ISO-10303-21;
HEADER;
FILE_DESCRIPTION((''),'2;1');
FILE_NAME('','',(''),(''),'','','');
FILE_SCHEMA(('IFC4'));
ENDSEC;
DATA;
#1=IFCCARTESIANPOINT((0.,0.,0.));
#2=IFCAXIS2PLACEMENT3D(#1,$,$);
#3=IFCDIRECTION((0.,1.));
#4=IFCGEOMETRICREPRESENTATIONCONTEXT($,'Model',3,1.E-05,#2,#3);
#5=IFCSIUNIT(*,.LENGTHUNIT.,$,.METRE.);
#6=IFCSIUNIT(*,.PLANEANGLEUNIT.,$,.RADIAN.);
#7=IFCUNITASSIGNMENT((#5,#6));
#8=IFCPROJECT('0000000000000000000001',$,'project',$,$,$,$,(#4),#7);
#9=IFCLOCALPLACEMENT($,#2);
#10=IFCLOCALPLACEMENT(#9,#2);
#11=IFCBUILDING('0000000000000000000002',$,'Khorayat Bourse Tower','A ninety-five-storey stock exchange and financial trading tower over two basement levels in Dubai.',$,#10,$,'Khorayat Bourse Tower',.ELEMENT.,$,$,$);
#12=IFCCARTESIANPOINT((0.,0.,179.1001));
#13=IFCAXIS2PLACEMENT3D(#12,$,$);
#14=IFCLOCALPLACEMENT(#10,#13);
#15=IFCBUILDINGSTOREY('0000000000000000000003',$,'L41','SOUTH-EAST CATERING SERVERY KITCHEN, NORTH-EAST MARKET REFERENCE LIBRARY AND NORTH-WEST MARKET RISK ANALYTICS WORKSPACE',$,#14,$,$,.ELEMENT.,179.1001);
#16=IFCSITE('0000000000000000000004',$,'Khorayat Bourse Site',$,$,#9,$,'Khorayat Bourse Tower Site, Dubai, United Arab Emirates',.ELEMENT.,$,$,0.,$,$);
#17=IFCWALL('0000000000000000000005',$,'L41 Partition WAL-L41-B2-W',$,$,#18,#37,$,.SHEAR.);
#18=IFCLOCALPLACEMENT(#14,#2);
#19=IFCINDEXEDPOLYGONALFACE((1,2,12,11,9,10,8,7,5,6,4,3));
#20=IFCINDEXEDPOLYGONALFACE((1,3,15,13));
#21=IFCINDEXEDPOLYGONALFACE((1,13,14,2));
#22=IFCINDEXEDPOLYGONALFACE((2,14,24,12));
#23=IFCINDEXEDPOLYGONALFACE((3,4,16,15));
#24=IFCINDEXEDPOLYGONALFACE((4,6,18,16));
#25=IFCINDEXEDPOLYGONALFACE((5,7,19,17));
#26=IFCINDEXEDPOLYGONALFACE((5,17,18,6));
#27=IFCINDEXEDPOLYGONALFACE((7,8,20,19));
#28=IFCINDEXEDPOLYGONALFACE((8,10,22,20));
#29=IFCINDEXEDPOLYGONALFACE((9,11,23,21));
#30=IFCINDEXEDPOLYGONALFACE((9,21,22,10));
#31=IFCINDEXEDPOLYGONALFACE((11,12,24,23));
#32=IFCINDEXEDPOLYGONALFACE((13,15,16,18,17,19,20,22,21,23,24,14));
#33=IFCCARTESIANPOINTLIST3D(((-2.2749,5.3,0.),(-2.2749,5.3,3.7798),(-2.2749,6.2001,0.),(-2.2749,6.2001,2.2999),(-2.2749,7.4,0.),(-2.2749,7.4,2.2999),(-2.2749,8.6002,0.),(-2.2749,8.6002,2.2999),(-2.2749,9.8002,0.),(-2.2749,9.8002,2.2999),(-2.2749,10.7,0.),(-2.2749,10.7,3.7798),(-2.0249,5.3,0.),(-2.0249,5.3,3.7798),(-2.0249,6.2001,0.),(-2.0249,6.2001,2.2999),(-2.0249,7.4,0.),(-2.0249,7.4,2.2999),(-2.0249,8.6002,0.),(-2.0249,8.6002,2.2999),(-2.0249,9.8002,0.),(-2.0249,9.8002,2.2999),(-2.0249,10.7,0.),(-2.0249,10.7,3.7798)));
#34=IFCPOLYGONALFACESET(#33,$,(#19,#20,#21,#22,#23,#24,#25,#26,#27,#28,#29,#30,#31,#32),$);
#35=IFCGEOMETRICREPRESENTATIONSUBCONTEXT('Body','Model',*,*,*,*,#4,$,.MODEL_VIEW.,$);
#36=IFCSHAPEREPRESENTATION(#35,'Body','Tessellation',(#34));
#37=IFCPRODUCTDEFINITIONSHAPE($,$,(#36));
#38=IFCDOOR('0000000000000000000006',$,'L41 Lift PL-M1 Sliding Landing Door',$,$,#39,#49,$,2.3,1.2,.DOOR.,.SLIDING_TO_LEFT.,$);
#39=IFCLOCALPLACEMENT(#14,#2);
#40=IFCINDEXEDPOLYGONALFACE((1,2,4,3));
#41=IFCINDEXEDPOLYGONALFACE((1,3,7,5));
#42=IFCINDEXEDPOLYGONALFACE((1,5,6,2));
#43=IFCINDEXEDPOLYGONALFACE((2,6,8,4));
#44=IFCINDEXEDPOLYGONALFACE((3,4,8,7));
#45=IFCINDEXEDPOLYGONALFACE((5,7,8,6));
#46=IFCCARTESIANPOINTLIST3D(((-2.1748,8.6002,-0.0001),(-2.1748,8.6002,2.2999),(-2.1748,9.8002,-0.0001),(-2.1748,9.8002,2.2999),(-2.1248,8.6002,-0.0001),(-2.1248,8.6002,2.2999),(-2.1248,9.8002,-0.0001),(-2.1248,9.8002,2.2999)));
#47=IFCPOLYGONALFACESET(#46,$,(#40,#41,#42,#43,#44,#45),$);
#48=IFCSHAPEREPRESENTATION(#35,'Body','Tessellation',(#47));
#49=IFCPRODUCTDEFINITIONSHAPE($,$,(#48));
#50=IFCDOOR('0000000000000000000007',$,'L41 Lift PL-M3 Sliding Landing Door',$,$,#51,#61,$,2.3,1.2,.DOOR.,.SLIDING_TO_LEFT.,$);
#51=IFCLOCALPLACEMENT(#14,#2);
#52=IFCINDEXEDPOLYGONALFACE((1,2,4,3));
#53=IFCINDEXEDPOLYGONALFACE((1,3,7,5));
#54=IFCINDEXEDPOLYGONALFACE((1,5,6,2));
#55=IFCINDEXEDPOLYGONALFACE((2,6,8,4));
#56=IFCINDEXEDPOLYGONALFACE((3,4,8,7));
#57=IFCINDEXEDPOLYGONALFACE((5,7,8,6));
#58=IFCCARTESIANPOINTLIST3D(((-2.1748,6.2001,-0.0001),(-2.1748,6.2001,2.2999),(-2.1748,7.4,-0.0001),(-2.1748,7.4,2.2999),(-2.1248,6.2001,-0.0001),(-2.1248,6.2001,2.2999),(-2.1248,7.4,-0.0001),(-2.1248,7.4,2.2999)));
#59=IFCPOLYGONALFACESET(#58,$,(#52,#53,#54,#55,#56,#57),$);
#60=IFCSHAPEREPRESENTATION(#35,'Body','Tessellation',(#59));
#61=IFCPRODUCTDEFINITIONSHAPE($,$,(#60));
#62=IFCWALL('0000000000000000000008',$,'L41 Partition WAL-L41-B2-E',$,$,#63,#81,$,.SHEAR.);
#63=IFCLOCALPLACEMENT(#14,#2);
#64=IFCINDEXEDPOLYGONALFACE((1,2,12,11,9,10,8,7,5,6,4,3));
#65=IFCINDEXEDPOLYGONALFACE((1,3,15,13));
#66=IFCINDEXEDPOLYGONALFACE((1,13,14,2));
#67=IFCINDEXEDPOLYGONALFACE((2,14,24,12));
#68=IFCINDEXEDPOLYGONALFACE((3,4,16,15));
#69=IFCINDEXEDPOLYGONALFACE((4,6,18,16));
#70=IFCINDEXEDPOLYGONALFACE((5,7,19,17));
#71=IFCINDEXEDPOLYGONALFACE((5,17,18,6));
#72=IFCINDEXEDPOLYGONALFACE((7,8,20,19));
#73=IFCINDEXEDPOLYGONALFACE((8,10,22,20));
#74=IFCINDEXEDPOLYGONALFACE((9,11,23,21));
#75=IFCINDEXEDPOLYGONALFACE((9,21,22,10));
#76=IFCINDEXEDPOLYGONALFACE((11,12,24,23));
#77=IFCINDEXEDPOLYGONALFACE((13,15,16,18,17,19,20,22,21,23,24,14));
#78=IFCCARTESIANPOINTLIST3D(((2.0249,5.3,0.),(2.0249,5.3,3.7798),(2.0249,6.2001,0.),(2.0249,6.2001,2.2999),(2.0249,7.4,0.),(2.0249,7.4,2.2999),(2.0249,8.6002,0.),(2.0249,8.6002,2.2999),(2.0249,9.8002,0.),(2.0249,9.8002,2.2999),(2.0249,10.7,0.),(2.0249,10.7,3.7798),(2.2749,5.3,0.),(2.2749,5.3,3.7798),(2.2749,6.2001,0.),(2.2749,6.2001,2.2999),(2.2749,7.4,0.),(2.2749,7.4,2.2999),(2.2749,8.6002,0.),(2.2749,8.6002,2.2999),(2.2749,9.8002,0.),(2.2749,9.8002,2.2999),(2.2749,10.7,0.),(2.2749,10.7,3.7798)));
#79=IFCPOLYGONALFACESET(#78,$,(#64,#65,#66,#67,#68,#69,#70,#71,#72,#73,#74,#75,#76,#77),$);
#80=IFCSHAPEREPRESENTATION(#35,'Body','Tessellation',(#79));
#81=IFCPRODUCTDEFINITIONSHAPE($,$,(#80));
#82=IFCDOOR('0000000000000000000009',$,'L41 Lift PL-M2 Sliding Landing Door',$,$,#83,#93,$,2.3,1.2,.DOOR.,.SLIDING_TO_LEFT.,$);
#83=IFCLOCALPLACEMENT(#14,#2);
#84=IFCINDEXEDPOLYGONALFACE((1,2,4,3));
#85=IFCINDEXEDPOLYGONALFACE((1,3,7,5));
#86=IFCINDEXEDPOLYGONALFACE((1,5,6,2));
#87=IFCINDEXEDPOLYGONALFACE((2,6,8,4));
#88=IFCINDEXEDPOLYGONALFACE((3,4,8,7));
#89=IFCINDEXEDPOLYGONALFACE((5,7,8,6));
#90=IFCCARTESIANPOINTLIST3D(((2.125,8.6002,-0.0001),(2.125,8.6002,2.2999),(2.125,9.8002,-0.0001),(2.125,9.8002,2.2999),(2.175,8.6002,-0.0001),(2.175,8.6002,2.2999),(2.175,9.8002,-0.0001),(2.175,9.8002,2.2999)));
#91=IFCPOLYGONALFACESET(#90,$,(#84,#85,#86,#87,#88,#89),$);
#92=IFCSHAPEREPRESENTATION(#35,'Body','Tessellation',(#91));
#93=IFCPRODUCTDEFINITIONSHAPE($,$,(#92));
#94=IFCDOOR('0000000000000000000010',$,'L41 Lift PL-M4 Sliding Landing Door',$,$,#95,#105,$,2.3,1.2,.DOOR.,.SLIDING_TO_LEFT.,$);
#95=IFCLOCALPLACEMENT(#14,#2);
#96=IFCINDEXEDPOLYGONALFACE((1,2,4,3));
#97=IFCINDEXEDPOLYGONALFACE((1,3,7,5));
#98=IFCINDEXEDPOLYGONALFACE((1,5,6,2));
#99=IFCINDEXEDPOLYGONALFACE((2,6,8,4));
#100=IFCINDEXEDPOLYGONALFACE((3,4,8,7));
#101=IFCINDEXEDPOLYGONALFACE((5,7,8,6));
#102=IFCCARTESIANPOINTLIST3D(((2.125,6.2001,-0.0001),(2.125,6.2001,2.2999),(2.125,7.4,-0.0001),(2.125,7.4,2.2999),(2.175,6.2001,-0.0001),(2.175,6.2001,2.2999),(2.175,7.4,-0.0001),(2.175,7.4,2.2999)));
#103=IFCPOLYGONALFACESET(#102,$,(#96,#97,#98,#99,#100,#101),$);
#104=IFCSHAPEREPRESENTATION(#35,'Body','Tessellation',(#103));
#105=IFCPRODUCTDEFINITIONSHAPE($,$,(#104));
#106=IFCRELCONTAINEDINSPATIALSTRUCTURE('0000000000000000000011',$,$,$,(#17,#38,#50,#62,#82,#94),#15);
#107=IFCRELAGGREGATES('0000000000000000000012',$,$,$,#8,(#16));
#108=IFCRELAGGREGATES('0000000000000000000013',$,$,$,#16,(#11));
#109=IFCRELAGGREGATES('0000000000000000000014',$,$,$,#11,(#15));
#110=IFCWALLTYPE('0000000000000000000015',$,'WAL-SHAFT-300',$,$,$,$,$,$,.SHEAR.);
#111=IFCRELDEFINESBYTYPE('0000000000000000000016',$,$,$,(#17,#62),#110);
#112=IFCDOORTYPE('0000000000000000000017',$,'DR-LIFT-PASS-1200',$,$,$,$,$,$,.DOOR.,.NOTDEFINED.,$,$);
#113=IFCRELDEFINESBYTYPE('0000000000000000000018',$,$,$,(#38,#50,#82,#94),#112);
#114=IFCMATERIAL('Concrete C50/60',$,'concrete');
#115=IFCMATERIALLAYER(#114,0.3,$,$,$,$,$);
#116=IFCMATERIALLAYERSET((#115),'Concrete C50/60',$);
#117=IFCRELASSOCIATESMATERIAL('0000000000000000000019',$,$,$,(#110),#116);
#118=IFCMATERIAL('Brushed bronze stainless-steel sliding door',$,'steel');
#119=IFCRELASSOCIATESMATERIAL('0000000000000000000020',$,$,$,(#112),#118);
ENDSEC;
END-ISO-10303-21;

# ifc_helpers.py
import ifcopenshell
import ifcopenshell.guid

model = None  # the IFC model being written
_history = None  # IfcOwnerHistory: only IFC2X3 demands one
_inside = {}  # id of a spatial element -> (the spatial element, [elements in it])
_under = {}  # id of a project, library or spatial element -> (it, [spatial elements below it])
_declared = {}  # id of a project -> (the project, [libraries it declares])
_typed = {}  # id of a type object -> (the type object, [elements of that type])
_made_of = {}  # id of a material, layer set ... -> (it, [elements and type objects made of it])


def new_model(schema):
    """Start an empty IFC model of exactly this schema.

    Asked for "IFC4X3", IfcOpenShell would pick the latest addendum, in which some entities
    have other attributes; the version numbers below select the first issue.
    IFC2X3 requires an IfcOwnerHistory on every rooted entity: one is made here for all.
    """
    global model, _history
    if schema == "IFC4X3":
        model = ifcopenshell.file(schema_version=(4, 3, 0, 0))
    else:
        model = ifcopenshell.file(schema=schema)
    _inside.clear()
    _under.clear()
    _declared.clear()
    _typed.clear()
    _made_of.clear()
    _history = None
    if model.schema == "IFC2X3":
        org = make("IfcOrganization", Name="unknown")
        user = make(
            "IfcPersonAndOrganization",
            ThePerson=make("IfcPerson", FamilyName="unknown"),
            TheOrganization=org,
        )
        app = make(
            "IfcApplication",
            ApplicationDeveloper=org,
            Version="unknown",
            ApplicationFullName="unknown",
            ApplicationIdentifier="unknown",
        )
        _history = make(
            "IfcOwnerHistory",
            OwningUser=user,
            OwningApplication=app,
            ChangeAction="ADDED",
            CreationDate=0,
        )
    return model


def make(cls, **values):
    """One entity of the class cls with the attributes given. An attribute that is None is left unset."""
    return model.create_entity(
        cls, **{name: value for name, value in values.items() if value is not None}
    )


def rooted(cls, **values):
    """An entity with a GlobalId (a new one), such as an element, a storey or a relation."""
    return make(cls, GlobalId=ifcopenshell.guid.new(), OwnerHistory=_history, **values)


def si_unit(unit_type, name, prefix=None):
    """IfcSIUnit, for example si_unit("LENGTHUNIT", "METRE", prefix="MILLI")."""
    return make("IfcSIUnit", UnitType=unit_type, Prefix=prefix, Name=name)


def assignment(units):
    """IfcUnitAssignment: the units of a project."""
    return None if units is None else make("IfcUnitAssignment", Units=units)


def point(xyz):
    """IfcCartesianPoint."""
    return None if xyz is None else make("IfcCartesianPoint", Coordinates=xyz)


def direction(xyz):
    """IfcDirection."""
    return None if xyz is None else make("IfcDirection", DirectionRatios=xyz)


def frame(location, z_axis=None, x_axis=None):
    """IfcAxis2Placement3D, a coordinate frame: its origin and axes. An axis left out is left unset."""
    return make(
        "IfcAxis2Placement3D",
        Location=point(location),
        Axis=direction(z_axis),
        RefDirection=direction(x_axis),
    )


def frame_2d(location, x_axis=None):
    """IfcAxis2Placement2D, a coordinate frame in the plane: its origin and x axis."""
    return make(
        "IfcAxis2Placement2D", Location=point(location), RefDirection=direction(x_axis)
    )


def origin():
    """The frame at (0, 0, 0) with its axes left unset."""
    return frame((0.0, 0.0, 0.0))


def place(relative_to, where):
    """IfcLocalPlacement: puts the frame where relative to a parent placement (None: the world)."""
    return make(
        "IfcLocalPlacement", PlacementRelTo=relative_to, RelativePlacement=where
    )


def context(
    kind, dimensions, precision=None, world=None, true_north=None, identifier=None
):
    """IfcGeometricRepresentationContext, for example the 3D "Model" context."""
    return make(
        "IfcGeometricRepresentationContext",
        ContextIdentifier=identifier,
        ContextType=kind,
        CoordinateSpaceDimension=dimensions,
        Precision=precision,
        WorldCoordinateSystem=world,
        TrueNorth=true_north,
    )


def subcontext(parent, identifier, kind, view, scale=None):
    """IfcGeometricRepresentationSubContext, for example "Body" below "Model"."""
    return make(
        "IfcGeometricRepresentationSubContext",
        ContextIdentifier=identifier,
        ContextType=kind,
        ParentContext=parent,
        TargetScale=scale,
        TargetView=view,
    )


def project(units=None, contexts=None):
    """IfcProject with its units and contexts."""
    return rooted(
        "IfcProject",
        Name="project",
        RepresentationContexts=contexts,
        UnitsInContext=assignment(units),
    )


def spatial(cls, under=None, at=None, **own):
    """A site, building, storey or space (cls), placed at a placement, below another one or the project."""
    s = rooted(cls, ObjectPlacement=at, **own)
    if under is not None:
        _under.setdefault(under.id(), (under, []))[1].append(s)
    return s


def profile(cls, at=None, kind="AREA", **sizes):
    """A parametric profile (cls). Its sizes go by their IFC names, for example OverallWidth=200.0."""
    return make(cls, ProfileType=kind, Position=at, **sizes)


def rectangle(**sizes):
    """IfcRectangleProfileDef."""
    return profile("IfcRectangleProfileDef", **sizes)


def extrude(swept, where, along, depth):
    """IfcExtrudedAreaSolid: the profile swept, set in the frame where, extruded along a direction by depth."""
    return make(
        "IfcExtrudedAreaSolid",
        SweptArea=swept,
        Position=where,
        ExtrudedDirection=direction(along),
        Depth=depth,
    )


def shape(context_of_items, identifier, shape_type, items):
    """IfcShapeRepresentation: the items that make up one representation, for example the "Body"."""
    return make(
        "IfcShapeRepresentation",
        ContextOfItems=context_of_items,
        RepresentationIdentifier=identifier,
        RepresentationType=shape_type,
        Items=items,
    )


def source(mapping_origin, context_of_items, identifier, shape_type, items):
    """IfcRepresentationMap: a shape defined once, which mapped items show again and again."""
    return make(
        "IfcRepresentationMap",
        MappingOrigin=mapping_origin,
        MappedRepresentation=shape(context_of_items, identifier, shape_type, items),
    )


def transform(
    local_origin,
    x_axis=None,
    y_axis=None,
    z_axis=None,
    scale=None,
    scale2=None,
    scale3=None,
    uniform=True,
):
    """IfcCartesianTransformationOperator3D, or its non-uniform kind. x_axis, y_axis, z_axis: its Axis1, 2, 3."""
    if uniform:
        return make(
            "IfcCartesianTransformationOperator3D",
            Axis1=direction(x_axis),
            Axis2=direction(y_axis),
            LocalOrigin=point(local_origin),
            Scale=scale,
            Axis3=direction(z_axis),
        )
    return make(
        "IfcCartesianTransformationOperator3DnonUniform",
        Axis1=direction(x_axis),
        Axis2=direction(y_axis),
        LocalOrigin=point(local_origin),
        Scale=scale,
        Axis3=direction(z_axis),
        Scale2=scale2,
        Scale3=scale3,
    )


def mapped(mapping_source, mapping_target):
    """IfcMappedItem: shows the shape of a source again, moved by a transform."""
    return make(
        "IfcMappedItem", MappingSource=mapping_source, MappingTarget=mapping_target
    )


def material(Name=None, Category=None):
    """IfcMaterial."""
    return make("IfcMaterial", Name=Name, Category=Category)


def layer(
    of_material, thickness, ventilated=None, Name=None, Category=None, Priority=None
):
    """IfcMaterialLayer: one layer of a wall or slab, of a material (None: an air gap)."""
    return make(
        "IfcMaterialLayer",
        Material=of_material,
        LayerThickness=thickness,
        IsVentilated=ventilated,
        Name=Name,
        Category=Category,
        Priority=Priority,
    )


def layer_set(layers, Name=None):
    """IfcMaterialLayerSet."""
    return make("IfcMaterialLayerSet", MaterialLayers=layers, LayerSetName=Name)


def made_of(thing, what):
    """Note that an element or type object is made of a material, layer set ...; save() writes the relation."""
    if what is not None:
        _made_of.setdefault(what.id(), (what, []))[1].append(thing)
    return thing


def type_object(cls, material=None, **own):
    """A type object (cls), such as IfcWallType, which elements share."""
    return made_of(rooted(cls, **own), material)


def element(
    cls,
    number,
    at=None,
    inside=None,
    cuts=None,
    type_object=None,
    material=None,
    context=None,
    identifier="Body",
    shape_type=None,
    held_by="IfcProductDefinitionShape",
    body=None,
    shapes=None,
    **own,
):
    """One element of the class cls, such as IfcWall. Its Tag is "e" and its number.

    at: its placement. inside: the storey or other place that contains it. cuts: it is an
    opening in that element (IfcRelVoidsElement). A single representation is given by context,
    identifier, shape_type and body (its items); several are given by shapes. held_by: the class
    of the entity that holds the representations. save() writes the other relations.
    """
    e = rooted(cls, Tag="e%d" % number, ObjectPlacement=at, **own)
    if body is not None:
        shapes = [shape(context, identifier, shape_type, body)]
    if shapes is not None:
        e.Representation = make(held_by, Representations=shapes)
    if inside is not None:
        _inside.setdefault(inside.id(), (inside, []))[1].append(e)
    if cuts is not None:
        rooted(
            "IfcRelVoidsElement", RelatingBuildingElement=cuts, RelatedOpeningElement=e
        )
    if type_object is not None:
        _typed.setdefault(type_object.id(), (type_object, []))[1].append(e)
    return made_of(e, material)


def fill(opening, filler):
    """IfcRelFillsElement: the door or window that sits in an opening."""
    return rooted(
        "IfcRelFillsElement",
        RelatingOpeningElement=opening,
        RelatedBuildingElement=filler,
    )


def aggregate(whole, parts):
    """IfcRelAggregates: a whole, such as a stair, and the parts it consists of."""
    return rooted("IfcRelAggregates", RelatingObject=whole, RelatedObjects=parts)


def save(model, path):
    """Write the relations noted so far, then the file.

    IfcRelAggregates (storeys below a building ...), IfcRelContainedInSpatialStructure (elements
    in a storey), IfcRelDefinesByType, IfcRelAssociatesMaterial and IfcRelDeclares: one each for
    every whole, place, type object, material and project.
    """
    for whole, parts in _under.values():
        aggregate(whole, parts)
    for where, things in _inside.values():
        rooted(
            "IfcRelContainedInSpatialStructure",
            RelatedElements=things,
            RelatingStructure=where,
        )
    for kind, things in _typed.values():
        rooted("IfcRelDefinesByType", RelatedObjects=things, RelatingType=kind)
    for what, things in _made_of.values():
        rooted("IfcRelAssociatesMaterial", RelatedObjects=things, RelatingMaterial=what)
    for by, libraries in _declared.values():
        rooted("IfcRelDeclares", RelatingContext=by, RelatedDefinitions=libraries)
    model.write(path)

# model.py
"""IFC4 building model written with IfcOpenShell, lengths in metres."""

from ifc_helpers import new_model, si_unit, direction, frame, frame_2d, origin, place, context, subcontext, project, spatial, rectangle, extrude, source, transform, mapped, material, layer, layer_set, type_object, element, fill, save


model = new_model("IFC4")

# Units and contexts
model_context = context("Model", 3, precision=1e-05, world=origin(), true_north=direction((0.0, 1.0)))
body_context = subcontext(model_context, "Body", "Model", "MODEL_VIEW")
ifc_project = project(units=[si_unit("LENGTHUNIT", "METRE"), si_unit("PLANEANGLEUNIT", "RADIAN")], contexts=[model_context])

# Site, building, storey
site_placement = place(None, origin())
site = spatial("IfcSite", under=ifc_project, at=site_placement, Name="Khorayat Bourse Site", LongName="Khorayat Bourse Tower Site, Dubai, United Arab Emirates", CompositionType="ELEMENT", RefElevation=0.0)
building_placement = place(site_placement, origin())
building = spatial("IfcBuilding", under=site, at=building_placement, Name="Khorayat Bourse Tower", Description="A ninety-five-storey stock exchange and financial trading tower over two basement levels in Dubai.", LongName="Khorayat Bourse Tower", CompositionType="ELEMENT")
storey_placement = place(building_placement, frame((0.0, 0.0, 179.1001)))
storey = spatial("IfcBuildingStorey", under=building, at=storey_placement, Name="L41", Description="SOUTH-EAST CATERING SERVERY KITCHEN, NORTH-EAST MARKET REFERENCE LIBRARY AND NORTH-WEST MARKET RISK ANALYTICS WORKSPACE", CompositionType="ELEMENT", Elevation=179.1001)

# Shared definitions
ifc_material_1 = material(Name="Concrete C50/60", Category="concrete")
ifc_layer_1 = layer(ifc_material_1, 0.3)
ifc_layer_set_1 = layer_set([ifc_layer_1], Name="Concrete C50/60")
wall_type_1 = type_object("IfcWallType", Name="WAL-SHAFT-300", PredefinedType="SHEAR", material=ifc_layer_set_1)

# Walls, openings, doors
shared_shape_1 = source(origin(), body_context, "Body", "SweptSolid", [
    extrude(rectangle(XDim=5.3999, YDim=0.25, at=frame_2d((2.7, 0.0))), origin(), (0.0, 0.0, 1.0), 3.7798),
])
wall_1_placement = place(storey_placement, frame((-2.1499, 5.3, 0.0), z_axis=(0.0, 0.0, 1.0), x_axis=(0.0, 1.0, 0.0)))
wall_1 = element("IfcWall", 1, at=wall_1_placement, inside=storey, type_object=wall_type_1, Name="L41 Partition WAL-L41-B2-W", PredefinedType="SHEAR", context=body_context, shape_type="MappedRepresentation", body=[
    mapped(shared_shape_1, transform((0.0, 0.0, 0.0), scale=1.0)),
])
shared_shape_2 = source(origin(), body_context, "Body", "SweptSolid", [
    extrude(rectangle(XDim=1.2, YDim=2.3, at=frame_2d((0.6001, 1.1499))), frame((0.0, 0.135, 0.0), z_axis=(0.0, -1.0, 0.0), x_axis=(1.0, 0.0, 0.0)), (0.0, 0.0, 1.0), 0.27),
])
opening_1_placement = place(wall_1_placement, frame((3.3, 0.0, 0.0)))
opening_1 = element("IfcOpeningElement", 2, at=opening_1_placement, cuts=wall_1, PredefinedType="OPENING", context=body_context, shape_type="MappedRepresentation", body=[
    mapped(shared_shape_2, transform((0.0, 0.0, 0.0), scale=1.0)),
])
opening_2_placement = place(wall_1_placement, frame((0.8999, 0.0, 0.0)))
opening_2 = element("IfcOpeningElement", 3, at=opening_2_placement, cuts=wall_1, PredefinedType="OPENING", context=body_context, shape_type="MappedRepresentation", body=[
    mapped(shared_shape_2, transform((0.0, 0.0, 0.0), scale=1.0)),
])
ifc_material_2 = material(Name="Brushed bronze stainless-steel sliding door", Category="steel")
door_type_1 = type_object("IfcDoorType", Name="DR-LIFT-PASS-1200", OperationType="NOTDEFINED", PredefinedType="DOOR", material=ifc_material_2)
shared_shape_3 = source(origin(), body_context, "Body", "SweptSolid", [
    extrude(rectangle(XDim=1.2, YDim=2.3, at=frame_2d((0.6001, 1.1499))), frame((0.0, 0.0249, 0.0), z_axis=(0.0, -1.0, 0.0), x_axis=(1.0, 0.0, 0.0)), (0.0, 0.0, 1.0), 0.05),
])
door_1_placement = place(opening_1_placement, origin())
door_1 = element("IfcDoor", 4, at=door_1_placement, inside=storey, type_object=door_type_1, Name="L41 Lift PL-M1 Sliding Landing Door", OperationType="SLIDING_TO_LEFT", OverallHeight=2.3, OverallWidth=1.2, PredefinedType="DOOR", context=body_context, shape_type="MappedRepresentation", body=[
    mapped(shared_shape_3, transform((0.0, 0.0, 0.0), scale=1.0)),
])
fill(opening_1, door_1)
door_2_placement = place(opening_2_placement, origin())
door_2 = element("IfcDoor", 5, at=door_2_placement, inside=storey, type_object=door_type_1, Name="L41 Lift PL-M3 Sliding Landing Door", OperationType="SLIDING_TO_LEFT", OverallHeight=2.3, OverallWidth=1.2, PredefinedType="DOOR", context=body_context, shape_type="MappedRepresentation", body=[
    mapped(shared_shape_3, transform((0.0, 0.0, 0.0), scale=1.0)),
])
fill(opening_2, door_2)
wall_2_placement = place(storey_placement, frame((2.1499, 5.3, 0.0), z_axis=(0.0, 0.0, 1.0), x_axis=(0.0, 1.0, 0.0)))
wall_2 = element("IfcWall", 6, at=wall_2_placement, inside=storey, type_object=wall_type_1, Name="L41 Partition WAL-L41-B2-E", PredefinedType="SHEAR", context=body_context, shape_type="MappedRepresentation", body=[
    mapped(shared_shape_1, transform((0.0, 0.0, 0.0), scale=1.0)),
])
opening_3_placement = place(wall_2_placement, frame((3.3, 0.0, 0.0)))
opening_3 = element("IfcOpeningElement", 7, at=opening_3_placement, cuts=wall_2, PredefinedType="OPENING", context=body_context, shape_type="MappedRepresentation", body=[
    mapped(shared_shape_2, transform((0.0, 0.0, 0.0), scale=1.0)),
])
opening_4_placement = place(wall_2_placement, frame((0.8999, 0.0, 0.0)))
opening_4 = element("IfcOpeningElement", 8, at=opening_4_placement, cuts=wall_2, PredefinedType="OPENING", context=body_context, shape_type="MappedRepresentation", body=[
    mapped(shared_shape_2, transform((0.0, 0.0, 0.0), scale=1.0)),
])
door_3_placement = place(opening_3_placement, origin())
door_3 = element("IfcDoor", 9, at=door_3_placement, inside=storey, type_object=door_type_1, Name="L41 Lift PL-M2 Sliding Landing Door", OperationType="SLIDING_TO_LEFT", OverallHeight=2.3, OverallWidth=1.2, PredefinedType="DOOR", context=body_context, shape_type="MappedRepresentation", body=[
    mapped(shared_shape_3, transform((0.0, 0.0, 0.0), scale=1.0)),
])
fill(opening_3, door_3)
door_4_placement = place(opening_4_placement, origin())
door_4 = element("IfcDoor", 10, at=door_4_placement, inside=storey, type_object=door_type_1, Name="L41 Lift PL-M4 Sliding Landing Door", OperationType="SLIDING_TO_LEFT", OverallHeight=2.3, OverallWidth=1.2, PredefinedType="DOOR", context=body_context, shape_type="MappedRepresentation", body=[
    mapped(shared_shape_3, transform((0.0, 0.0, 0.0), scale=1.0)),
])
fill(opening_4, door_4)

save(model, "model.ifc")
